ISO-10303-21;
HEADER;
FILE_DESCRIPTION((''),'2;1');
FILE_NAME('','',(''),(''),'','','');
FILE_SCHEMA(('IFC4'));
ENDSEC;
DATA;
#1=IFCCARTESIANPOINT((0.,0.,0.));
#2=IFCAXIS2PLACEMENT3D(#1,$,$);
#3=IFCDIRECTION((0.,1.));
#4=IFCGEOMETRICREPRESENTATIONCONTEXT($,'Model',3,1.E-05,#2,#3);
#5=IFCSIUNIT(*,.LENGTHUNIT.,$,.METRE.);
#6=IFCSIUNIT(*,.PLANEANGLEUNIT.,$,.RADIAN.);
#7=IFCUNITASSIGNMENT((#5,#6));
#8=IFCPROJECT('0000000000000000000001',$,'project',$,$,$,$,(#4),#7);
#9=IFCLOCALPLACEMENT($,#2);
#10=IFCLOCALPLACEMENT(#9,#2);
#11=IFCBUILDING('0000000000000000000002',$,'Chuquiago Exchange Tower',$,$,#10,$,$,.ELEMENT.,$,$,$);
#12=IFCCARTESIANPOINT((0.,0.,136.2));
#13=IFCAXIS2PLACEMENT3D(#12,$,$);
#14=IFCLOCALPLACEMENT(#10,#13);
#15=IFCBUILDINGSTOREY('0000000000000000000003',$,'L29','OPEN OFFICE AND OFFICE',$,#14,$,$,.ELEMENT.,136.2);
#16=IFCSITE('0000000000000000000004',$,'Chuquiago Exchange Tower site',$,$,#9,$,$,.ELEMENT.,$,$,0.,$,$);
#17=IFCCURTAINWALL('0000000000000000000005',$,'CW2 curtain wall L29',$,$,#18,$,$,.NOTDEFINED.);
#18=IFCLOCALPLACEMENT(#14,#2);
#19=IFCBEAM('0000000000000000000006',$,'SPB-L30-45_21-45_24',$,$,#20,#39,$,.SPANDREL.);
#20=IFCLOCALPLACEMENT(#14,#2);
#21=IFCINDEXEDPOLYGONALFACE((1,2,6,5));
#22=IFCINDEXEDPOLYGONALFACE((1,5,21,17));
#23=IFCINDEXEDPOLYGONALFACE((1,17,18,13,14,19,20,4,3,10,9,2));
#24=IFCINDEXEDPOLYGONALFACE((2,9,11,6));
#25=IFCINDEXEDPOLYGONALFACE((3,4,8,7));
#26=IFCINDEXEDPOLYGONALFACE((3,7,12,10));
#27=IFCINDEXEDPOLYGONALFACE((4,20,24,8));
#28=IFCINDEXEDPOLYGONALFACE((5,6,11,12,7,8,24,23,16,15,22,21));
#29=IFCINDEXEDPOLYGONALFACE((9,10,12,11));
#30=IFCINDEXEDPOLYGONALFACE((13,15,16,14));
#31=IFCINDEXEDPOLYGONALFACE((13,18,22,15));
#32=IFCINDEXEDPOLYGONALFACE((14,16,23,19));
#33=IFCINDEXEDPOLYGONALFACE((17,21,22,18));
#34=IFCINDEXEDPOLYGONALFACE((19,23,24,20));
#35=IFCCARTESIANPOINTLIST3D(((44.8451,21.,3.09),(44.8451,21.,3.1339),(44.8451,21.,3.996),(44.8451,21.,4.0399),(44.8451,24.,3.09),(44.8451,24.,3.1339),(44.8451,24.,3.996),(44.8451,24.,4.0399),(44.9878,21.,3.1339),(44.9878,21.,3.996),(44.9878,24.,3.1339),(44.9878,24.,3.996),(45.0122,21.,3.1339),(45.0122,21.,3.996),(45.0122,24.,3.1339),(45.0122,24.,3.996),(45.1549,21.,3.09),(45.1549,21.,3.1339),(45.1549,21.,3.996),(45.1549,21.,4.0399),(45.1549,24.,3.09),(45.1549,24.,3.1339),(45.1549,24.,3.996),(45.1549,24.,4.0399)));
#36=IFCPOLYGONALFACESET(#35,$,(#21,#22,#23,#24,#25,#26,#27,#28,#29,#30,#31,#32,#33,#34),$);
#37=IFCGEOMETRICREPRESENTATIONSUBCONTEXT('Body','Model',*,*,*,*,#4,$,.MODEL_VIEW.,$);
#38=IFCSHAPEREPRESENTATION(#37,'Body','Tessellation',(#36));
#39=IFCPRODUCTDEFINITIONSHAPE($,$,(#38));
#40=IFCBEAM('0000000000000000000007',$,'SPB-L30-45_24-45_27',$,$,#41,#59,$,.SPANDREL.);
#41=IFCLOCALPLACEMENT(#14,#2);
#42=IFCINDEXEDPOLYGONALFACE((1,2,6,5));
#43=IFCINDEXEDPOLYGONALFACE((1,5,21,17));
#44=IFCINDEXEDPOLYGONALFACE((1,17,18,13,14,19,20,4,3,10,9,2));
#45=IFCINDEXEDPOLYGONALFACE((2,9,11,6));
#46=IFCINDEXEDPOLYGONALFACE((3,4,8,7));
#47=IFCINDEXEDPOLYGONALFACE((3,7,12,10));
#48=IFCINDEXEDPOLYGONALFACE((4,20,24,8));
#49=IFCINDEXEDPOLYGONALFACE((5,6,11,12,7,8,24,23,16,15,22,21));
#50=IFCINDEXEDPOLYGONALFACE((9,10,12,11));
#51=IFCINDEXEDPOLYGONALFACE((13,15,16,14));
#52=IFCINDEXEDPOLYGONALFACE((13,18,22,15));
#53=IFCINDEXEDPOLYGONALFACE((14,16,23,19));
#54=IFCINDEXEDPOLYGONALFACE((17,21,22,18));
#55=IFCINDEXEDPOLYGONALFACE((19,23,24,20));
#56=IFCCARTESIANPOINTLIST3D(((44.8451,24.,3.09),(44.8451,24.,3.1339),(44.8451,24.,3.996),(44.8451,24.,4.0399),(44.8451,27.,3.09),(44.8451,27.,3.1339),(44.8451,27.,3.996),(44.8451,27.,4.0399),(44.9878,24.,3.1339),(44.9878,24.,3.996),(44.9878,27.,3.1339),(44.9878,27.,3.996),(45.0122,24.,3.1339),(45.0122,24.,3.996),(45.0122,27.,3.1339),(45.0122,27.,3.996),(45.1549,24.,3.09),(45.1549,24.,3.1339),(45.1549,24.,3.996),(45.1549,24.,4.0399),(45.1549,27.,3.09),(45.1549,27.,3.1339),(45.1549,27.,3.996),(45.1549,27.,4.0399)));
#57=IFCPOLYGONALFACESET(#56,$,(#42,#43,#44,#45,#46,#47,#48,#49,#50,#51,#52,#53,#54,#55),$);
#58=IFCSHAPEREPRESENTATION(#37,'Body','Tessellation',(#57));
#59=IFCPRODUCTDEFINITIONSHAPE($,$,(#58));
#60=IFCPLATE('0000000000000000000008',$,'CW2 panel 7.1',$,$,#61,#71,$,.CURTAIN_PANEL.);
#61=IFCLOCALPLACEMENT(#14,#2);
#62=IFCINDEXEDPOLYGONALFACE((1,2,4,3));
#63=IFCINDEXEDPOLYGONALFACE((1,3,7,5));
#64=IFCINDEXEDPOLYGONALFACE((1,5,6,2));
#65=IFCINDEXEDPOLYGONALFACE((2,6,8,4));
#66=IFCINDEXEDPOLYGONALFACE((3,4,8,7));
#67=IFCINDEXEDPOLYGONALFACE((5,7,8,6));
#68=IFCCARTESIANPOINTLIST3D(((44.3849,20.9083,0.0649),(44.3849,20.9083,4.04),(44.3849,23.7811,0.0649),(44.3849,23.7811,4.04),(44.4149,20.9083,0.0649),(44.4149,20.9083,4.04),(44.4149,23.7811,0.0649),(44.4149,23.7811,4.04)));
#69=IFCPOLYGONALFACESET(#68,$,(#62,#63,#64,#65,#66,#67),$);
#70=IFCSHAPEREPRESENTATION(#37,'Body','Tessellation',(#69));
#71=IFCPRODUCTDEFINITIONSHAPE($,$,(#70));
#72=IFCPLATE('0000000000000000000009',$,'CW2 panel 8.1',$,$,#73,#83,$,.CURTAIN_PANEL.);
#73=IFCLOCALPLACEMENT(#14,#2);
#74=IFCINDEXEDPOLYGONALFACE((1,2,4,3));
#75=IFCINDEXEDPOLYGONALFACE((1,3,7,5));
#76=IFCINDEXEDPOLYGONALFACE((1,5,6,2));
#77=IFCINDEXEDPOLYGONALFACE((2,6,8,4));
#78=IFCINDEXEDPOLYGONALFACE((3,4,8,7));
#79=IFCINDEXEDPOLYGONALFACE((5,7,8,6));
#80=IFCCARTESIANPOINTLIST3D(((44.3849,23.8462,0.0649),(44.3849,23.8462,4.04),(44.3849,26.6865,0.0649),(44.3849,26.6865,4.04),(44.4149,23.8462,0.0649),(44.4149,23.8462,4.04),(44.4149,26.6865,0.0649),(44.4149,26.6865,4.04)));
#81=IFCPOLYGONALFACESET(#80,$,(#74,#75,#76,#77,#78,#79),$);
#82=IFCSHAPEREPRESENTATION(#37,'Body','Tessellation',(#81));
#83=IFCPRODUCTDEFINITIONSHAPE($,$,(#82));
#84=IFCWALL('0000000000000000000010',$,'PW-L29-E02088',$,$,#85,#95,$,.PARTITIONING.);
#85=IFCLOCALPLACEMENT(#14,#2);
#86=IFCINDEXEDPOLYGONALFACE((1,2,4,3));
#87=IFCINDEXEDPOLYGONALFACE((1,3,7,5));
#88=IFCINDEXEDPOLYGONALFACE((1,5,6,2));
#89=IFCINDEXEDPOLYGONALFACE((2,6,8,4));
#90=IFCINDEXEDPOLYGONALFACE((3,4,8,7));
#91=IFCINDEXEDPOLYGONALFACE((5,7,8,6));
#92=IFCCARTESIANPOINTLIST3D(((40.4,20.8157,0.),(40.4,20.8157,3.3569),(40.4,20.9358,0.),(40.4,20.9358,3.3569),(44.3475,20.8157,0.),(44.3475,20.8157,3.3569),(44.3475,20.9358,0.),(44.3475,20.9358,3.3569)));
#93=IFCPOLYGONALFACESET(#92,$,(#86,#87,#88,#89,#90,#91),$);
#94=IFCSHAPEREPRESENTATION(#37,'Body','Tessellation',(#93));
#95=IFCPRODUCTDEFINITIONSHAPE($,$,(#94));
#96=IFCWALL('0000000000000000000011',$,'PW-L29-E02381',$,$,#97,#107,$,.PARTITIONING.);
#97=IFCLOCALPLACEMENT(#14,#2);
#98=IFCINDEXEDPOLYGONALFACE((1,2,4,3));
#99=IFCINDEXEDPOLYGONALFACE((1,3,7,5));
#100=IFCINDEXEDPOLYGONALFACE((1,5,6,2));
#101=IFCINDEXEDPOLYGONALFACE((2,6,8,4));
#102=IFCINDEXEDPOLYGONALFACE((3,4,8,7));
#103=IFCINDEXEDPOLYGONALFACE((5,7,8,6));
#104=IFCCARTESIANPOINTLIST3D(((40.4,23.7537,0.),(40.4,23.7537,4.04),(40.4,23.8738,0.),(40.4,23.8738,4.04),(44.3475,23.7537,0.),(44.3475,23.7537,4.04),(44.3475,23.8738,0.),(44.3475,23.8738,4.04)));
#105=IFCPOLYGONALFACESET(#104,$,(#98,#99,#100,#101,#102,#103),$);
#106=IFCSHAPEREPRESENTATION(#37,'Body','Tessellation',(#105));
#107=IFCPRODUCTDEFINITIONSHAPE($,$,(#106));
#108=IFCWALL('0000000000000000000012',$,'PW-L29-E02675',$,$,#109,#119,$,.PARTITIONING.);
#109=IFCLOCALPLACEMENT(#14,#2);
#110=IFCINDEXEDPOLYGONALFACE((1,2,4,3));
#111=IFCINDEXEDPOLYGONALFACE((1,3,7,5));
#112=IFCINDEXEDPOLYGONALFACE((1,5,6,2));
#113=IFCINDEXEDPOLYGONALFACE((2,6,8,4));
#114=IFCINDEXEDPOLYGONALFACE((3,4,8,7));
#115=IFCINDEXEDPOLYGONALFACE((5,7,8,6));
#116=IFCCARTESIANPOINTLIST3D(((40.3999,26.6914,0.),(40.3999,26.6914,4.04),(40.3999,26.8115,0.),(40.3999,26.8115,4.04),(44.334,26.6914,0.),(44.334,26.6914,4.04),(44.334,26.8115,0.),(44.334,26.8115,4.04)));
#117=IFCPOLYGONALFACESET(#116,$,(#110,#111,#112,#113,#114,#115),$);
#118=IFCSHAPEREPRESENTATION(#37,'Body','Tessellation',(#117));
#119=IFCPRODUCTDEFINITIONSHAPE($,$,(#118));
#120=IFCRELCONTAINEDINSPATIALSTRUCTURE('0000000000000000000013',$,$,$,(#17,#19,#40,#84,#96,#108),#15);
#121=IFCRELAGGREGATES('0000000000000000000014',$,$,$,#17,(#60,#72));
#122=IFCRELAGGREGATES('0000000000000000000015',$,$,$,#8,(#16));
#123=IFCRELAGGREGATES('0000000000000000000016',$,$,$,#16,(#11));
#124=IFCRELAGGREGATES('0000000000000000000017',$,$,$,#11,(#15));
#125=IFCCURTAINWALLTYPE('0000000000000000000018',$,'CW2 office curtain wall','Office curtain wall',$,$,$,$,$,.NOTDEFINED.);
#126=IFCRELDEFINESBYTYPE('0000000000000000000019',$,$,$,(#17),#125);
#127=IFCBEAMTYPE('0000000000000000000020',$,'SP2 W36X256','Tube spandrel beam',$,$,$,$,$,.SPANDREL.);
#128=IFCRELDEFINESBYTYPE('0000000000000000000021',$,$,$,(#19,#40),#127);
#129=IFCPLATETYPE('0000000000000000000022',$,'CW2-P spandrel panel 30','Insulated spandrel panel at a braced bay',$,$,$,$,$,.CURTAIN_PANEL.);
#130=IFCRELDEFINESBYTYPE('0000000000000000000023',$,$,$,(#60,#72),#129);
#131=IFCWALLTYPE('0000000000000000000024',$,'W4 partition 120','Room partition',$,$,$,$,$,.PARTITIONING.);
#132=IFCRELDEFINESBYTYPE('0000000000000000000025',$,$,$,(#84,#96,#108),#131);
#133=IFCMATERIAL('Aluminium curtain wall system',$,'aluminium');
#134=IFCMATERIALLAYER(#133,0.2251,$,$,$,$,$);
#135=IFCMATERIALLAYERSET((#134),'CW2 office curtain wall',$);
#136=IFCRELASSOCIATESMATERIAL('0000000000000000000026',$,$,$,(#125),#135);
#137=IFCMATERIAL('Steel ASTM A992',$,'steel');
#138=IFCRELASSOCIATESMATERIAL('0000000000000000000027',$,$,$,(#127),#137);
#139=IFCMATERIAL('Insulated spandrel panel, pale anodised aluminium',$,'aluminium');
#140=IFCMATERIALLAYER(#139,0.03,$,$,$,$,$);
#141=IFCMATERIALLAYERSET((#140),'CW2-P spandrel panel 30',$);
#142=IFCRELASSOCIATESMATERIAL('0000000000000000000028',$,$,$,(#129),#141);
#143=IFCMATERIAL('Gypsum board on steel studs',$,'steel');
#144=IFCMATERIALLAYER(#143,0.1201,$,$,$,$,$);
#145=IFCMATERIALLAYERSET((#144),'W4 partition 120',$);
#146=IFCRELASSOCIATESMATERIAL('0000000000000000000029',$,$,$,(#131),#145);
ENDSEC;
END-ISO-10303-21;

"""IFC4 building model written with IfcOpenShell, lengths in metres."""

from ifc_helpers import new_model, si_unit, direction, frame, frame_2d, origin, origin_2d, place, context, subcontext, project, spatial, rectangle, i_section, extrude, material, layer, layer_set, material_profile, profile_set, type_object, element, aggregate, save


model = new_model("IFC4")

# Units and contexts
model_context = context("Model", 3, precision=1e-05, world=origin(), true_north=direction((0.0, 1.0)))
body_context = subcontext(model_context, "Body", "Model", "MODEL_VIEW")
ifc_project = project(units=[si_unit("LENGTHUNIT", "METRE"), si_unit("PLANEANGLEUNIT", "RADIAN")], contexts=[model_context])

# Site, building, storey
site_placement = place(None, origin())
site = spatial("IfcSite", under=ifc_project, at=site_placement, Name="Chuquiago Exchange Tower site", CompositionType="ELEMENT", RefElevation=0.0)
building_placement = place(site_placement, origin())
building = spatial("IfcBuilding", under=site, at=building_placement, Name="Chuquiago Exchange Tower", CompositionType="ELEMENT")
storey_placement = place(building_placement, frame((0.0, 0.0, 136.2)))
storey = spatial("IfcBuildingStorey", under=building, at=storey_placement, Name="L29", Description="OPEN OFFICE AND OFFICE", CompositionType="ELEMENT", Elevation=136.2)

# Curtain wall
ifc_material_1 = material(Name="Aluminium curtain wall system", Category="aluminium")
ifc_layer_1 = layer(ifc_material_1, 0.2251)
ifc_layer_set_1 = layer_set([ifc_layer_1], Name="CW2 office curtain wall")
curtain_wall_type_1 = type_object("IfcCurtainWallType", Name="CW2 office curtain wall", Description="Office curtain wall", PredefinedType="NOTDEFINED", material=ifc_layer_set_1)
curtain_wall_1_placement = place(storey_placement, origin())
curtain_wall_1 = element("IfcCurtainWall", 1, at=curtain_wall_1_placement, inside=storey, type_object=curtain_wall_type_1, Name="CW2 curtain wall L29", PredefinedType="NOTDEFINED")

# Beams
ifc_material_2 = material(Name="Steel ASTM A992", Category="steel")
ifc_material_profile_1 = material_profile(ifc_material_2, i_section(OverallWidth=0.3098, OverallDepth=0.95, WebThickness=0.0244, FlangeThickness=0.0439, at=origin_2d()), Name="W36X256")
ifc_profile_set_1 = profile_set([ifc_material_profile_1], Name="Steel ASTM A992")
beam_type = type_object("IfcBeamType", Name="SP2 W36X256", Description="Tube spandrel beam", PredefinedType="SPANDREL", material=ifc_profile_set_1)
for number, where, z_axis, x_axis, name in (
    (2, (45.0, 21.0, 3.5649), (0.0, 1.0, 0.0), (-1.0, 0.0, 0.0), "SPB-L30-45_21-45_24"),
    (3, (45.0, 24.0, 3.5649), (0.0, 1.0, 0.0), (-1.0, 0.0, 0.0), "SPB-L30-45_24-45_27"),
):
    element("IfcBeam", number, at=place(storey_placement, frame(where, z_axis=z_axis, x_axis=x_axis)), inside=storey, type_object=beam_type, Name=name, PredefinedType="SPANDREL", context=body_context, shape_type="SweptSolid", body=[
        extrude(i_section(OverallWidth=0.3098, OverallDepth=0.95, WebThickness=0.0244, FlangeThickness=0.0439, at=origin_2d()), origin(), (0.0, 0.0, 1.0), 3.0),
    ])

# Plates
ifc_material_3 = material(Name="Insulated spandrel panel, pale anodised aluminium", Category="aluminium")
ifc_layer_2 = layer(ifc_material_3, 0.03)
ifc_layer_set_2 = layer_set([ifc_layer_2], Name="CW2-P spandrel panel 30")
plate_type = type_object("IfcPlateType", Name="CW2-P spandrel panel 30", Description="Insulated spandrel panel at a braced bay", PredefinedType="CURTAIN_PANEL", material=ifc_layer_set_2)
plate_1_placement = place(storey_placement, frame((44.3999, 22.3447, 0.0649), z_axis=(0.0, 0.0, 1.0), x_axis=(0.0, 1.0, 0.0)))
plate_1 = element("IfcPlate", 4, at=plate_1_placement, type_object=plate_type, Name="CW2 panel 7.1", PredefinedType="CURTAIN_PANEL", context=body_context, shape_type="SweptSolid", body=[
    extrude(rectangle(XDim=2.8728, YDim=0.03, at=origin_2d()), origin(), (0.0, 0.0, 1.0), 3.9751),
])
plate_2_placement = place(storey_placement, frame((44.3999, 25.2664, 0.0649), z_axis=(0.0, 0.0, 1.0), x_axis=(0.0, 1.0, 0.0)))
plate_2 = element("IfcPlate", 5, at=plate_2_placement, type_object=plate_type, Name="CW2 panel 8.1", PredefinedType="CURTAIN_PANEL", context=body_context, shape_type="SweptSolid", body=[
    extrude(rectangle(XDim=2.8403, YDim=0.03, at=origin_2d()), origin(), (0.0, 0.0, 1.0), 3.9751),
])
aggregate(curtain_wall_1, [plate_1, plate_2])

# Walls
ifc_material_4 = material(Name="Gypsum board on steel studs", Category="steel")
ifc_layer_3 = layer(ifc_material_4, 0.1201)
ifc_layer_set_3 = layer_set([ifc_layer_3], Name="W4 partition 120")
wall_type = type_object("IfcWallType", Name="W4 partition 120", Description="Room partition", PredefinedType="PARTITIONING", material=ifc_layer_set_3)
wall_1_placement = place(storey_placement, frame((44.3474, 20.8757, 0.0), z_axis=(0.0, 0.0, 1.0), x_axis=(-1.0, 0.0, 0.0)))
element("IfcWall", 6, at=wall_1_placement, inside=storey, type_object=wall_type, Name="PW-L29-E02088", PredefinedType="PARTITIONING", context=body_context, shape_type="SweptSolid", body=[
    extrude(rectangle(XDim=3.9475, YDim=0.1201, at=frame_2d((1.9736, 0.0))), origin(), (0.0, 0.0, 1.0), 3.3569),
])
wall_2_placement = place(storey_placement, frame((44.3474, 23.8137, 0.0), z_axis=(0.0, 0.0, 1.0), x_axis=(-1.0, 0.0, 0.0)))
element("IfcWall", 7, at=wall_2_placement, inside=storey, type_object=wall_type, Name="PW-L29-E02381", PredefinedType="PARTITIONING", context=body_context, shape_type="SweptSolid", body=[
    extrude(rectangle(XDim=3.9475, YDim=0.1201, at=frame_2d((1.9736, 0.0))), origin(), (0.0, 0.0, 1.0), 4.04),
])
wall_3_placement = place(storey_placement, frame((44.334, 26.7515, 0.0), z_axis=(0.0, 0.0, 1.0), x_axis=(-1.0, 0.0, 0.0)))
element("IfcWall", 8, at=wall_3_placement, inside=storey, type_object=wall_type, Name="PW-L29-E02675", PredefinedType="PARTITIONING", context=body_context, shape_type="SweptSolid", body=[
    extrude(rectangle(XDim=3.9341, YDim=0.1201, at=frame_2d((1.967, 0.0))), origin(), (0.0, 0.0, 1.0), 4.04),
])

save(model, "model.ifc")
